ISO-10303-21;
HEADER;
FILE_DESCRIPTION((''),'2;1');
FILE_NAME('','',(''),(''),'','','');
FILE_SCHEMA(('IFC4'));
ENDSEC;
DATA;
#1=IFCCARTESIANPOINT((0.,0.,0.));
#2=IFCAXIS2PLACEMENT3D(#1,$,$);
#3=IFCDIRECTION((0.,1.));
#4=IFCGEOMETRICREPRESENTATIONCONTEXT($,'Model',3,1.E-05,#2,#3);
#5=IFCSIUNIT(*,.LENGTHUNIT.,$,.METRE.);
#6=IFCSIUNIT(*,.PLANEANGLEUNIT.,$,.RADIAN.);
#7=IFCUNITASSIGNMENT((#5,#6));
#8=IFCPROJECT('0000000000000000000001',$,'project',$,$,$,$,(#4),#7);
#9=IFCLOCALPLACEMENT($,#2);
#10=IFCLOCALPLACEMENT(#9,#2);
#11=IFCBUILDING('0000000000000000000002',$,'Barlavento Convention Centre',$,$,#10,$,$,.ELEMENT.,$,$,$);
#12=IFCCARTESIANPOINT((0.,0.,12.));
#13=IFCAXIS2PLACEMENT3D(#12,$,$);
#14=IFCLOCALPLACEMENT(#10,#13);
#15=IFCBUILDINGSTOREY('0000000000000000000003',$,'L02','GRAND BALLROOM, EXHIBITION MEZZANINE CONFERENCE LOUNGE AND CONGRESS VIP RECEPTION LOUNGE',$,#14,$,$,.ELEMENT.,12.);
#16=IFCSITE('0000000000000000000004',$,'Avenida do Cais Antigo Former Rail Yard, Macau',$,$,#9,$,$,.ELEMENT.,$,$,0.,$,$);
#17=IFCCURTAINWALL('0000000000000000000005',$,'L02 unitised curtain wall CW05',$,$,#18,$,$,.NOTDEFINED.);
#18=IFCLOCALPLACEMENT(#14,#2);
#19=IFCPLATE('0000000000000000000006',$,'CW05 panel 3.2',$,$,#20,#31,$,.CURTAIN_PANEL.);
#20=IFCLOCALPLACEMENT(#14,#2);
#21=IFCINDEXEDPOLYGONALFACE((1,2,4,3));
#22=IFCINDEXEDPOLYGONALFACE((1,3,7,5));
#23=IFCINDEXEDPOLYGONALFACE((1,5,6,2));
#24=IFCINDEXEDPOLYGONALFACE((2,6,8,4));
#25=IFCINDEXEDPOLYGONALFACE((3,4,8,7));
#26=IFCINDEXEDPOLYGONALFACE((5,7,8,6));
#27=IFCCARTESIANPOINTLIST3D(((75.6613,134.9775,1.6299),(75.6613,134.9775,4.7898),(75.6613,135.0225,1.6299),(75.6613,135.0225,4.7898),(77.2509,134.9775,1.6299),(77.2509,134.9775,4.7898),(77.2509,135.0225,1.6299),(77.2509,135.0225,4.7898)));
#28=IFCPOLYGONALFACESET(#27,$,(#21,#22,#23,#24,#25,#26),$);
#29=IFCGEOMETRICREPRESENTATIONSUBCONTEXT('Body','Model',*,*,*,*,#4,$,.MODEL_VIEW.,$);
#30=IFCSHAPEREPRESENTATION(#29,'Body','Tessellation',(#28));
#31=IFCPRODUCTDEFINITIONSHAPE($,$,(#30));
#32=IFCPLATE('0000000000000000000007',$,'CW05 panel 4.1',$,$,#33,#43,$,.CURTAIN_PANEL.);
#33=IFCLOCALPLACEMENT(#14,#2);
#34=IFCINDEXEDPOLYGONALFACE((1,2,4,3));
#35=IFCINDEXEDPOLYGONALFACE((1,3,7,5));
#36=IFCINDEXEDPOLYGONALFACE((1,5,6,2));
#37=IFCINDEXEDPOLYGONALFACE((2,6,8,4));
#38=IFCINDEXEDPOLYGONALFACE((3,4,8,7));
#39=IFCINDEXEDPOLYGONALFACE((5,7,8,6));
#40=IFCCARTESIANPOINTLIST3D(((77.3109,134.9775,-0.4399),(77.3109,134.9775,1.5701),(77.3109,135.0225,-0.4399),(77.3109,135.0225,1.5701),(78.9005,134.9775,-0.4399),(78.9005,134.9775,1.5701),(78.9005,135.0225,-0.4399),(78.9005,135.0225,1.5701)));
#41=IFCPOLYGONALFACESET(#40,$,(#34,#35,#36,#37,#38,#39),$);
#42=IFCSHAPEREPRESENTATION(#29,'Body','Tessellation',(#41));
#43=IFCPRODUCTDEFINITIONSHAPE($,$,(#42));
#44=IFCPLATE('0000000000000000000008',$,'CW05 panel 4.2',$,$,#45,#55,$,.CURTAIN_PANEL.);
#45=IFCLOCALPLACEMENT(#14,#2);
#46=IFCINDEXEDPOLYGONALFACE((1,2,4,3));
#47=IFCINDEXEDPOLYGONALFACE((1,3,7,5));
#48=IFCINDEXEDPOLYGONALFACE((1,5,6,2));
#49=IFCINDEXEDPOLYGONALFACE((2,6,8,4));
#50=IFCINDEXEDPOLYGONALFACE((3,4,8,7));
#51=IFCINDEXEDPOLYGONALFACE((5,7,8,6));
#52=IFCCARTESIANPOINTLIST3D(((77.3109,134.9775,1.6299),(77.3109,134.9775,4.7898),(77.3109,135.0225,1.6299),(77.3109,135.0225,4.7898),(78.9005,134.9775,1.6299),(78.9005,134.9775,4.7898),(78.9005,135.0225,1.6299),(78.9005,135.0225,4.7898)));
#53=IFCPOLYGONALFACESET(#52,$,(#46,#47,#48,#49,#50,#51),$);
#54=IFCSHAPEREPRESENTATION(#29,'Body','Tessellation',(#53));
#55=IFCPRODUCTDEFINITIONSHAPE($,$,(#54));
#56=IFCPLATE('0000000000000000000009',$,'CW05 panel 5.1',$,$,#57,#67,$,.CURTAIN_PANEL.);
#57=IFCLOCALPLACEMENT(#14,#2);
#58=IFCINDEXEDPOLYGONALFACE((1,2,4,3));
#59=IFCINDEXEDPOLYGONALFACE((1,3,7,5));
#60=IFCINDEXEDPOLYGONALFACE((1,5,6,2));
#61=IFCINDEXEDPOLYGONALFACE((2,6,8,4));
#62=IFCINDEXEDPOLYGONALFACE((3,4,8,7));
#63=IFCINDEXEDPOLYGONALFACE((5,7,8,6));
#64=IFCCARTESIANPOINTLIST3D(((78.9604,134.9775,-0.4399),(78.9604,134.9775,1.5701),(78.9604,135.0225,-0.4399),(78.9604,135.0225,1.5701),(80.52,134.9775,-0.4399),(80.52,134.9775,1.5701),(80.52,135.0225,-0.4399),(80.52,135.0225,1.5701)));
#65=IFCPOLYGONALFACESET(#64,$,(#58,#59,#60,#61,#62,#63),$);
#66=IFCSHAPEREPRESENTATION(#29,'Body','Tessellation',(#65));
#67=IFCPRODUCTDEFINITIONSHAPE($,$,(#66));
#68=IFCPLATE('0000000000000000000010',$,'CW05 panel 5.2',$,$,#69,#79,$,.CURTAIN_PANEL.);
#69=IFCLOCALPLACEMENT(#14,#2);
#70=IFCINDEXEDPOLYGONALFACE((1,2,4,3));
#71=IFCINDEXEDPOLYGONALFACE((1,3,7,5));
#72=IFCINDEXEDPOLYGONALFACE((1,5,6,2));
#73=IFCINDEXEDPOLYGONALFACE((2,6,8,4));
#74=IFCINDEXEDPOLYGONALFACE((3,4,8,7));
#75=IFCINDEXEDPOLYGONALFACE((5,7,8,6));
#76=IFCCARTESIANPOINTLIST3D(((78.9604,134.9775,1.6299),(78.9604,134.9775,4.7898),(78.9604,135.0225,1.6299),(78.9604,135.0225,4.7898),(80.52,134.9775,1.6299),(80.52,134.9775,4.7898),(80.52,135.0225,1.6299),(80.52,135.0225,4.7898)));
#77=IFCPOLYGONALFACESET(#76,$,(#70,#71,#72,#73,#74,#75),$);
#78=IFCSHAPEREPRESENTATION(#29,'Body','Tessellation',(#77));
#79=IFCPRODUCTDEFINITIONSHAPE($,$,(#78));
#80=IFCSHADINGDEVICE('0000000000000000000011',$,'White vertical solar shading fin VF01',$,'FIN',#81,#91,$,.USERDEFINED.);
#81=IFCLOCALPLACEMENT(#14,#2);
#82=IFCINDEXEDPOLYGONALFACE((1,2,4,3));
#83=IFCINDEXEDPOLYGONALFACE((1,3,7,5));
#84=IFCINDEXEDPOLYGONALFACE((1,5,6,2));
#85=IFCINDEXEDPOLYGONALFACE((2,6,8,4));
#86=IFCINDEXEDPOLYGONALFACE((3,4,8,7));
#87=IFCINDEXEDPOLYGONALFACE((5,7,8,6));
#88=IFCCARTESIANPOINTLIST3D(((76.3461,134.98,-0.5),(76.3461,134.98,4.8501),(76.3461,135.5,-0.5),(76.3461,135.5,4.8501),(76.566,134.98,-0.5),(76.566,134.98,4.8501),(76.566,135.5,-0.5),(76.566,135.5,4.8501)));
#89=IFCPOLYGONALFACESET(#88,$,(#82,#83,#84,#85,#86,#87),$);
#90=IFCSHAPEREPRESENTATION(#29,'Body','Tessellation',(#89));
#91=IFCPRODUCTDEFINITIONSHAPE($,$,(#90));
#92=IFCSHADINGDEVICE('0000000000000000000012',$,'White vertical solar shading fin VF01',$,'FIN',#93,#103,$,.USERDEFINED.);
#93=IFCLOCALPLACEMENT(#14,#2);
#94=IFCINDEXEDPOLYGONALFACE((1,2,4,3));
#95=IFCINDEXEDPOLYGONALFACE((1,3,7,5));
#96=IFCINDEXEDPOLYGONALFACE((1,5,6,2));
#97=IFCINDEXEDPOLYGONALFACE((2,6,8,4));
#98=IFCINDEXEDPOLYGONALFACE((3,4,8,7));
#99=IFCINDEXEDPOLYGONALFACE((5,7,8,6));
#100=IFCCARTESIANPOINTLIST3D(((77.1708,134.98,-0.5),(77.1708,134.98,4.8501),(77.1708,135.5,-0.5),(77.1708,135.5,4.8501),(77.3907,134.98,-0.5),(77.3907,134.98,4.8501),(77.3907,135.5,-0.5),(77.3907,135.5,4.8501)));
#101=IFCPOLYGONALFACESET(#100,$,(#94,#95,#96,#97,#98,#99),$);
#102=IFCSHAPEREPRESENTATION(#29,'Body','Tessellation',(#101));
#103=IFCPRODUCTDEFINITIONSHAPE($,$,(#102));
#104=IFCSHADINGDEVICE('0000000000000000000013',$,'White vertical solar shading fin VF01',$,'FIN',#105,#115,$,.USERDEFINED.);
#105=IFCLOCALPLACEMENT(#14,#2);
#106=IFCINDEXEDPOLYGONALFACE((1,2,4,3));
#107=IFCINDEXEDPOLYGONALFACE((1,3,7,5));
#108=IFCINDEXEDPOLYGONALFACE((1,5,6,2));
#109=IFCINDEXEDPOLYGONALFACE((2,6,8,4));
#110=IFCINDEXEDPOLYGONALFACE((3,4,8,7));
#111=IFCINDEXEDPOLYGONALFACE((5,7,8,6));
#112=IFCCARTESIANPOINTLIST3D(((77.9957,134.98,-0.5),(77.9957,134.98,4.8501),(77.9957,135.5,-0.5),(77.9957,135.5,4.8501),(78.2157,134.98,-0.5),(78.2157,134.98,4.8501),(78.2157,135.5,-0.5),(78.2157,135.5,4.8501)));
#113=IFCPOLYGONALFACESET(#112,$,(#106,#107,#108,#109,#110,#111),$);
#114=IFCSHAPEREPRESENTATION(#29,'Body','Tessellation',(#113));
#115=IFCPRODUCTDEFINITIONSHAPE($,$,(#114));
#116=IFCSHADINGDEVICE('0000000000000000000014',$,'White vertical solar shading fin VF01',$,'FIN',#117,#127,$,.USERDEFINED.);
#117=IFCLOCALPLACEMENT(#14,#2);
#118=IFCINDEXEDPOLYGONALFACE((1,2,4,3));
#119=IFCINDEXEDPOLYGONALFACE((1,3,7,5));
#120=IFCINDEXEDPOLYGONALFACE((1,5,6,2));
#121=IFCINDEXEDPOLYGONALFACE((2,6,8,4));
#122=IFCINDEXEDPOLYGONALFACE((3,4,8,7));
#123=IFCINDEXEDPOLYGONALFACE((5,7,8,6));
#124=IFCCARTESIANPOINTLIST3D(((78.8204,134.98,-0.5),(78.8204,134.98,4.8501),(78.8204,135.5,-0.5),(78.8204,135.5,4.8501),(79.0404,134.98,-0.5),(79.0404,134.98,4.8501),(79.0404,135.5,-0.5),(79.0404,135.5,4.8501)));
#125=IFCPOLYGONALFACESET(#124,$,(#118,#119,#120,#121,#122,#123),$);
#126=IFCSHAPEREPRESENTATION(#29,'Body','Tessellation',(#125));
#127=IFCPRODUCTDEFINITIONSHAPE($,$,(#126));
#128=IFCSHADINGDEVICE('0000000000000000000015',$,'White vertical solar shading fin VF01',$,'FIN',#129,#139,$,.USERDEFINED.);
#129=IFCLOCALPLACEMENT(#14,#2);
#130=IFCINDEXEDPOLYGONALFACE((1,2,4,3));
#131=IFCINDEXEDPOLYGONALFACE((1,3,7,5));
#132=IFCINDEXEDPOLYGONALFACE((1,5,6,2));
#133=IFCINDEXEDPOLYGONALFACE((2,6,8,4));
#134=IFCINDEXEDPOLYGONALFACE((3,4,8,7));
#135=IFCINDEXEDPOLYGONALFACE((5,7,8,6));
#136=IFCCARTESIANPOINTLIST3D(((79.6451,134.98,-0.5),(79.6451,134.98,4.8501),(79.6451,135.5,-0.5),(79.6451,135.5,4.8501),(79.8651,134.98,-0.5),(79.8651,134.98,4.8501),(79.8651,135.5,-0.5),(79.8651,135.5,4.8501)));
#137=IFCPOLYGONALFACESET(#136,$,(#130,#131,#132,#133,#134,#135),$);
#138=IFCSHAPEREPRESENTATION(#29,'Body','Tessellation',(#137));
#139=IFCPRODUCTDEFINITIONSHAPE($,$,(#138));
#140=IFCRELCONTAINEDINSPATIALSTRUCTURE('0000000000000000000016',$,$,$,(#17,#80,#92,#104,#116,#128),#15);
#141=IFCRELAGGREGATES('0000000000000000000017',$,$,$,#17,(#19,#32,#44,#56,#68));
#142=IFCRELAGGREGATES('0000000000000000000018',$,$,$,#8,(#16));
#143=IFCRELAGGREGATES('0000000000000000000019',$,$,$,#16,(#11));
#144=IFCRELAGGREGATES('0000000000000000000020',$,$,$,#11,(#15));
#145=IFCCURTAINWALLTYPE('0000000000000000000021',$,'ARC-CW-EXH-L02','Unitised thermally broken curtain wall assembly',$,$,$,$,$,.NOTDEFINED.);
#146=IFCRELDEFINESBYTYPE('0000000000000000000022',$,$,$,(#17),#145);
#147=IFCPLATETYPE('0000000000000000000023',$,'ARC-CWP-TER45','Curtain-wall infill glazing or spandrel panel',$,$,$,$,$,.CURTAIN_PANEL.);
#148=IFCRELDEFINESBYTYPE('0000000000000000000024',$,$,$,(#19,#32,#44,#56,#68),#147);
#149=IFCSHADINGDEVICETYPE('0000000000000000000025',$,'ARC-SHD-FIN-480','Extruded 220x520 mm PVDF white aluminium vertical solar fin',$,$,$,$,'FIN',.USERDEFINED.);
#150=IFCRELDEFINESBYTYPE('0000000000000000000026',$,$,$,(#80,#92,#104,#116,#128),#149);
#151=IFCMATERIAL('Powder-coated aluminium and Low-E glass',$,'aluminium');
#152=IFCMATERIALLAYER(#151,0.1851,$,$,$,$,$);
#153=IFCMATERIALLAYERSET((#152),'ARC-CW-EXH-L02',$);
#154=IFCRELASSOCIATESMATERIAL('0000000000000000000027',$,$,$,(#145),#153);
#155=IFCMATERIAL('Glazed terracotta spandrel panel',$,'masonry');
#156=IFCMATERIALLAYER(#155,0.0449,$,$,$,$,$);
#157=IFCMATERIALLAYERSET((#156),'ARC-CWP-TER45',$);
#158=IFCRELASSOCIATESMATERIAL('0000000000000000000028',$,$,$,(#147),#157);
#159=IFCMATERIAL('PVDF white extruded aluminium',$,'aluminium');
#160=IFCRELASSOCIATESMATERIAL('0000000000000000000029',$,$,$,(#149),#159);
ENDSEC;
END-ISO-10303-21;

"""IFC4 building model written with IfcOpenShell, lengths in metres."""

from ifc_helpers import new_model, si_unit, direction, frame, origin, origin_2d, place, context, subcontext, project, spatial, rectangle, extrude, material, layer, layer_set, type_object, element, aggregate, save


model = new_model("IFC4")

# Units and contexts
model_context = context("Model", 3, precision=1e-05, world=origin(), true_north=direction((0.0, 1.0)))
body_context = subcontext(model_context, "Body", "Model", "MODEL_VIEW")
ifc_project = project(units=[si_unit("LENGTHUNIT", "METRE"), si_unit("PLANEANGLEUNIT", "RADIAN")], contexts=[model_context])

# Site, building, storey
site_placement = place(None, origin())
site = spatial("IfcSite", under=ifc_project, at=site_placement, Name="Avenida do Cais Antigo Former Rail Yard, Macau", CompositionType="ELEMENT", RefElevation=0.0)
building_placement = place(site_placement, origin())
building = spatial("IfcBuilding", under=site, at=building_placement, Name="Barlavento Convention Centre", CompositionType="ELEMENT")
storey_placement = place(building_placement, frame((0.0, 0.0, 12.0)))
storey = spatial("IfcBuildingStorey", under=building, at=storey_placement, Name="L02", Description="GRAND BALLROOM, EXHIBITION MEZZANINE CONFERENCE LOUNGE AND CONGRESS VIP RECEPTION LOUNGE", CompositionType="ELEMENT", Elevation=12.0)

# Curtain wall, plates
ifc_material_1 = material(Name="Powder-coated aluminium and Low-E glass", Category="aluminium")
ifc_layer_1 = layer(ifc_material_1, 0.1851)
ifc_layer_set_1 = layer_set([ifc_layer_1], Name="ARC-CW-EXH-L02")
curtain_wall_type = type_object("IfcCurtainWallType", Name="ARC-CW-EXH-L02", Description="Unitised thermally broken curtain wall assembly", PredefinedType="NOTDEFINED", material=ifc_layer_set_1)
curtain_wall_placement = place(storey_placement, origin())
curtain_wall = element("IfcCurtainWall", 1, at=curtain_wall_placement, inside=storey, type_object=curtain_wall_type, Name="L02 unitised curtain wall CW05", PredefinedType="NOTDEFINED")
ifc_material_2 = material(Name="Glazed terracotta spandrel panel", Category="masonry")
ifc_layer_2 = layer(ifc_material_2, 0.0449)
ifc_layer_set_2 = layer_set([ifc_layer_2], Name="ARC-CWP-TER45")
plate_type = type_object("IfcPlateType", Name="ARC-CWP-TER45", Description="Curtain-wall infill glazing or spandrel panel", PredefinedType="CURTAIN_PANEL", material=ifc_layer_set_2)
plate_1_placement = place(storey_placement, frame((76.4561, 135.0, 1.6299), z_axis=(0.0, 0.0, 1.0), x_axis=(1.0, 0.0, 0.0)))
plate_1 = element("IfcPlate", 2, at=plate_1_placement, type_object=plate_type, Name="CW05 panel 3.2", PredefinedType="CURTAIN_PANEL", context=body_context, shape_type="SweptSolid", body=[
    extrude(rectangle(XDim=1.5896, YDim=0.0449, at=origin_2d()), origin(), (0.0, 0.0, 1.0), 3.1599),
])
plate_2_placement = place(storey_placement, frame((78.1057, 135.0, -0.4399), z_axis=(0.0, 0.0, 1.0), x_axis=(1.0, 0.0, 0.0)))
plate_2 = element("IfcPlate", 3, at=plate_2_placement, type_object=plate_type, Name="CW05 panel 4.1", PredefinedType="CURTAIN_PANEL", context=body_context, shape_type="SweptSolid", body=[
    extrude(rectangle(XDim=1.5896, YDim=0.0449, at=origin_2d()), origin(), (0.0, 0.0, 1.0), 2.01),
])
plate_3_placement = place(storey_placement, frame((78.1057, 135.0, 1.6299), z_axis=(0.0, 0.0, 1.0), x_axis=(1.0, 0.0, 0.0)))
plate_3 = element("IfcPlate", 4, at=plate_3_placement, type_object=plate_type, Name="CW05 panel 4.2", PredefinedType="CURTAIN_PANEL", context=body_context, shape_type="SweptSolid", body=[
    extrude(rectangle(XDim=1.5896, YDim=0.0449, at=origin_2d()), origin(), (0.0, 0.0, 1.0), 3.1599),
])
plate_4_placement = place(storey_placement, frame((79.7402, 135.0, -0.4399), z_axis=(0.0, 0.0, 1.0), x_axis=(1.0, 0.0, 0.0)))
plate_4 = element("IfcPlate", 5, at=plate_4_placement, type_object=plate_type, Name="CW05 panel 5.1", PredefinedType="CURTAIN_PANEL", context=body_context, shape_type="SweptSolid", body=[
    extrude(rectangle(XDim=1.5596, YDim=0.0449, at=origin_2d()), origin(), (0.0, 0.0, 1.0), 2.01),
])
plate_5_placement = place(storey_placement, frame((79.7402, 135.0, 1.6299), z_axis=(0.0, 0.0, 1.0), x_axis=(1.0, 0.0, 0.0)))
plate_5 = element("IfcPlate", 6, at=plate_5_placement, type_object=plate_type, Name="CW05 panel 5.2", PredefinedType="CURTAIN_PANEL", context=body_context, shape_type="SweptSolid", body=[
    extrude(rectangle(XDim=1.5596, YDim=0.0449, at=origin_2d()), origin(), (0.0, 0.0, 1.0), 3.1599),
])
aggregate(curtain_wall, [plate_1, plate_2, plate_3, plate_4, plate_5])

# Shading devices
ifc_material_3 = material(Name="PVDF white extruded aluminium", Category="aluminium")
shading_device_type = type_object("IfcShadingDeviceType", Name="ARC-SHD-FIN-480", Description="Extruded 220x520 mm PVDF white aluminium vertical solar fin", ElementType="FIN", PredefinedType="USERDEFINED", material=ifc_material_3)
for number, where, z_axis, x_axis, name in (
    (7, (76.4561, 135.24, -0.5), (0.0, 0.0, 1.0), (1.0, 0.0, 0.0), "White vertical solar shading fin VF01"),
    (8, (77.2808, 135.24, -0.5), (0.0, 0.0, 1.0), (1.0, 0.0, 0.0), "White vertical solar shading fin VF01"),
    (9, (78.1057, 135.24, -0.5), (0.0, 0.0, 1.0), (1.0, 0.0, 0.0), "White vertical solar shading fin VF01"),
    (10, (78.9304, 135.24, -0.5), (0.0, 0.0, 1.0), (1.0, 0.0, 0.0), "White vertical solar shading fin VF01"),
    (11, (79.7551, 135.24, -0.5), (0.0, 0.0, 1.0), (1.0, 0.0, 0.0), "White vertical solar shading fin VF01"),
):
    element("IfcShadingDevice", number, at=place(storey_placement, frame(where, z_axis=z_axis, x_axis=x_axis)), inside=storey, type_object=shading_device_type, Name=name, ObjectType="FIN", PredefinedType="USERDEFINED", context=body_context, shape_type="SweptSolid", body=[
        extrude(rectangle(XDim=0.22, YDim=0.52, at=origin_2d()), origin(), (0.0, 0.0, 1.0), 5.3501),
    ])

save(model, "model.ifc")
